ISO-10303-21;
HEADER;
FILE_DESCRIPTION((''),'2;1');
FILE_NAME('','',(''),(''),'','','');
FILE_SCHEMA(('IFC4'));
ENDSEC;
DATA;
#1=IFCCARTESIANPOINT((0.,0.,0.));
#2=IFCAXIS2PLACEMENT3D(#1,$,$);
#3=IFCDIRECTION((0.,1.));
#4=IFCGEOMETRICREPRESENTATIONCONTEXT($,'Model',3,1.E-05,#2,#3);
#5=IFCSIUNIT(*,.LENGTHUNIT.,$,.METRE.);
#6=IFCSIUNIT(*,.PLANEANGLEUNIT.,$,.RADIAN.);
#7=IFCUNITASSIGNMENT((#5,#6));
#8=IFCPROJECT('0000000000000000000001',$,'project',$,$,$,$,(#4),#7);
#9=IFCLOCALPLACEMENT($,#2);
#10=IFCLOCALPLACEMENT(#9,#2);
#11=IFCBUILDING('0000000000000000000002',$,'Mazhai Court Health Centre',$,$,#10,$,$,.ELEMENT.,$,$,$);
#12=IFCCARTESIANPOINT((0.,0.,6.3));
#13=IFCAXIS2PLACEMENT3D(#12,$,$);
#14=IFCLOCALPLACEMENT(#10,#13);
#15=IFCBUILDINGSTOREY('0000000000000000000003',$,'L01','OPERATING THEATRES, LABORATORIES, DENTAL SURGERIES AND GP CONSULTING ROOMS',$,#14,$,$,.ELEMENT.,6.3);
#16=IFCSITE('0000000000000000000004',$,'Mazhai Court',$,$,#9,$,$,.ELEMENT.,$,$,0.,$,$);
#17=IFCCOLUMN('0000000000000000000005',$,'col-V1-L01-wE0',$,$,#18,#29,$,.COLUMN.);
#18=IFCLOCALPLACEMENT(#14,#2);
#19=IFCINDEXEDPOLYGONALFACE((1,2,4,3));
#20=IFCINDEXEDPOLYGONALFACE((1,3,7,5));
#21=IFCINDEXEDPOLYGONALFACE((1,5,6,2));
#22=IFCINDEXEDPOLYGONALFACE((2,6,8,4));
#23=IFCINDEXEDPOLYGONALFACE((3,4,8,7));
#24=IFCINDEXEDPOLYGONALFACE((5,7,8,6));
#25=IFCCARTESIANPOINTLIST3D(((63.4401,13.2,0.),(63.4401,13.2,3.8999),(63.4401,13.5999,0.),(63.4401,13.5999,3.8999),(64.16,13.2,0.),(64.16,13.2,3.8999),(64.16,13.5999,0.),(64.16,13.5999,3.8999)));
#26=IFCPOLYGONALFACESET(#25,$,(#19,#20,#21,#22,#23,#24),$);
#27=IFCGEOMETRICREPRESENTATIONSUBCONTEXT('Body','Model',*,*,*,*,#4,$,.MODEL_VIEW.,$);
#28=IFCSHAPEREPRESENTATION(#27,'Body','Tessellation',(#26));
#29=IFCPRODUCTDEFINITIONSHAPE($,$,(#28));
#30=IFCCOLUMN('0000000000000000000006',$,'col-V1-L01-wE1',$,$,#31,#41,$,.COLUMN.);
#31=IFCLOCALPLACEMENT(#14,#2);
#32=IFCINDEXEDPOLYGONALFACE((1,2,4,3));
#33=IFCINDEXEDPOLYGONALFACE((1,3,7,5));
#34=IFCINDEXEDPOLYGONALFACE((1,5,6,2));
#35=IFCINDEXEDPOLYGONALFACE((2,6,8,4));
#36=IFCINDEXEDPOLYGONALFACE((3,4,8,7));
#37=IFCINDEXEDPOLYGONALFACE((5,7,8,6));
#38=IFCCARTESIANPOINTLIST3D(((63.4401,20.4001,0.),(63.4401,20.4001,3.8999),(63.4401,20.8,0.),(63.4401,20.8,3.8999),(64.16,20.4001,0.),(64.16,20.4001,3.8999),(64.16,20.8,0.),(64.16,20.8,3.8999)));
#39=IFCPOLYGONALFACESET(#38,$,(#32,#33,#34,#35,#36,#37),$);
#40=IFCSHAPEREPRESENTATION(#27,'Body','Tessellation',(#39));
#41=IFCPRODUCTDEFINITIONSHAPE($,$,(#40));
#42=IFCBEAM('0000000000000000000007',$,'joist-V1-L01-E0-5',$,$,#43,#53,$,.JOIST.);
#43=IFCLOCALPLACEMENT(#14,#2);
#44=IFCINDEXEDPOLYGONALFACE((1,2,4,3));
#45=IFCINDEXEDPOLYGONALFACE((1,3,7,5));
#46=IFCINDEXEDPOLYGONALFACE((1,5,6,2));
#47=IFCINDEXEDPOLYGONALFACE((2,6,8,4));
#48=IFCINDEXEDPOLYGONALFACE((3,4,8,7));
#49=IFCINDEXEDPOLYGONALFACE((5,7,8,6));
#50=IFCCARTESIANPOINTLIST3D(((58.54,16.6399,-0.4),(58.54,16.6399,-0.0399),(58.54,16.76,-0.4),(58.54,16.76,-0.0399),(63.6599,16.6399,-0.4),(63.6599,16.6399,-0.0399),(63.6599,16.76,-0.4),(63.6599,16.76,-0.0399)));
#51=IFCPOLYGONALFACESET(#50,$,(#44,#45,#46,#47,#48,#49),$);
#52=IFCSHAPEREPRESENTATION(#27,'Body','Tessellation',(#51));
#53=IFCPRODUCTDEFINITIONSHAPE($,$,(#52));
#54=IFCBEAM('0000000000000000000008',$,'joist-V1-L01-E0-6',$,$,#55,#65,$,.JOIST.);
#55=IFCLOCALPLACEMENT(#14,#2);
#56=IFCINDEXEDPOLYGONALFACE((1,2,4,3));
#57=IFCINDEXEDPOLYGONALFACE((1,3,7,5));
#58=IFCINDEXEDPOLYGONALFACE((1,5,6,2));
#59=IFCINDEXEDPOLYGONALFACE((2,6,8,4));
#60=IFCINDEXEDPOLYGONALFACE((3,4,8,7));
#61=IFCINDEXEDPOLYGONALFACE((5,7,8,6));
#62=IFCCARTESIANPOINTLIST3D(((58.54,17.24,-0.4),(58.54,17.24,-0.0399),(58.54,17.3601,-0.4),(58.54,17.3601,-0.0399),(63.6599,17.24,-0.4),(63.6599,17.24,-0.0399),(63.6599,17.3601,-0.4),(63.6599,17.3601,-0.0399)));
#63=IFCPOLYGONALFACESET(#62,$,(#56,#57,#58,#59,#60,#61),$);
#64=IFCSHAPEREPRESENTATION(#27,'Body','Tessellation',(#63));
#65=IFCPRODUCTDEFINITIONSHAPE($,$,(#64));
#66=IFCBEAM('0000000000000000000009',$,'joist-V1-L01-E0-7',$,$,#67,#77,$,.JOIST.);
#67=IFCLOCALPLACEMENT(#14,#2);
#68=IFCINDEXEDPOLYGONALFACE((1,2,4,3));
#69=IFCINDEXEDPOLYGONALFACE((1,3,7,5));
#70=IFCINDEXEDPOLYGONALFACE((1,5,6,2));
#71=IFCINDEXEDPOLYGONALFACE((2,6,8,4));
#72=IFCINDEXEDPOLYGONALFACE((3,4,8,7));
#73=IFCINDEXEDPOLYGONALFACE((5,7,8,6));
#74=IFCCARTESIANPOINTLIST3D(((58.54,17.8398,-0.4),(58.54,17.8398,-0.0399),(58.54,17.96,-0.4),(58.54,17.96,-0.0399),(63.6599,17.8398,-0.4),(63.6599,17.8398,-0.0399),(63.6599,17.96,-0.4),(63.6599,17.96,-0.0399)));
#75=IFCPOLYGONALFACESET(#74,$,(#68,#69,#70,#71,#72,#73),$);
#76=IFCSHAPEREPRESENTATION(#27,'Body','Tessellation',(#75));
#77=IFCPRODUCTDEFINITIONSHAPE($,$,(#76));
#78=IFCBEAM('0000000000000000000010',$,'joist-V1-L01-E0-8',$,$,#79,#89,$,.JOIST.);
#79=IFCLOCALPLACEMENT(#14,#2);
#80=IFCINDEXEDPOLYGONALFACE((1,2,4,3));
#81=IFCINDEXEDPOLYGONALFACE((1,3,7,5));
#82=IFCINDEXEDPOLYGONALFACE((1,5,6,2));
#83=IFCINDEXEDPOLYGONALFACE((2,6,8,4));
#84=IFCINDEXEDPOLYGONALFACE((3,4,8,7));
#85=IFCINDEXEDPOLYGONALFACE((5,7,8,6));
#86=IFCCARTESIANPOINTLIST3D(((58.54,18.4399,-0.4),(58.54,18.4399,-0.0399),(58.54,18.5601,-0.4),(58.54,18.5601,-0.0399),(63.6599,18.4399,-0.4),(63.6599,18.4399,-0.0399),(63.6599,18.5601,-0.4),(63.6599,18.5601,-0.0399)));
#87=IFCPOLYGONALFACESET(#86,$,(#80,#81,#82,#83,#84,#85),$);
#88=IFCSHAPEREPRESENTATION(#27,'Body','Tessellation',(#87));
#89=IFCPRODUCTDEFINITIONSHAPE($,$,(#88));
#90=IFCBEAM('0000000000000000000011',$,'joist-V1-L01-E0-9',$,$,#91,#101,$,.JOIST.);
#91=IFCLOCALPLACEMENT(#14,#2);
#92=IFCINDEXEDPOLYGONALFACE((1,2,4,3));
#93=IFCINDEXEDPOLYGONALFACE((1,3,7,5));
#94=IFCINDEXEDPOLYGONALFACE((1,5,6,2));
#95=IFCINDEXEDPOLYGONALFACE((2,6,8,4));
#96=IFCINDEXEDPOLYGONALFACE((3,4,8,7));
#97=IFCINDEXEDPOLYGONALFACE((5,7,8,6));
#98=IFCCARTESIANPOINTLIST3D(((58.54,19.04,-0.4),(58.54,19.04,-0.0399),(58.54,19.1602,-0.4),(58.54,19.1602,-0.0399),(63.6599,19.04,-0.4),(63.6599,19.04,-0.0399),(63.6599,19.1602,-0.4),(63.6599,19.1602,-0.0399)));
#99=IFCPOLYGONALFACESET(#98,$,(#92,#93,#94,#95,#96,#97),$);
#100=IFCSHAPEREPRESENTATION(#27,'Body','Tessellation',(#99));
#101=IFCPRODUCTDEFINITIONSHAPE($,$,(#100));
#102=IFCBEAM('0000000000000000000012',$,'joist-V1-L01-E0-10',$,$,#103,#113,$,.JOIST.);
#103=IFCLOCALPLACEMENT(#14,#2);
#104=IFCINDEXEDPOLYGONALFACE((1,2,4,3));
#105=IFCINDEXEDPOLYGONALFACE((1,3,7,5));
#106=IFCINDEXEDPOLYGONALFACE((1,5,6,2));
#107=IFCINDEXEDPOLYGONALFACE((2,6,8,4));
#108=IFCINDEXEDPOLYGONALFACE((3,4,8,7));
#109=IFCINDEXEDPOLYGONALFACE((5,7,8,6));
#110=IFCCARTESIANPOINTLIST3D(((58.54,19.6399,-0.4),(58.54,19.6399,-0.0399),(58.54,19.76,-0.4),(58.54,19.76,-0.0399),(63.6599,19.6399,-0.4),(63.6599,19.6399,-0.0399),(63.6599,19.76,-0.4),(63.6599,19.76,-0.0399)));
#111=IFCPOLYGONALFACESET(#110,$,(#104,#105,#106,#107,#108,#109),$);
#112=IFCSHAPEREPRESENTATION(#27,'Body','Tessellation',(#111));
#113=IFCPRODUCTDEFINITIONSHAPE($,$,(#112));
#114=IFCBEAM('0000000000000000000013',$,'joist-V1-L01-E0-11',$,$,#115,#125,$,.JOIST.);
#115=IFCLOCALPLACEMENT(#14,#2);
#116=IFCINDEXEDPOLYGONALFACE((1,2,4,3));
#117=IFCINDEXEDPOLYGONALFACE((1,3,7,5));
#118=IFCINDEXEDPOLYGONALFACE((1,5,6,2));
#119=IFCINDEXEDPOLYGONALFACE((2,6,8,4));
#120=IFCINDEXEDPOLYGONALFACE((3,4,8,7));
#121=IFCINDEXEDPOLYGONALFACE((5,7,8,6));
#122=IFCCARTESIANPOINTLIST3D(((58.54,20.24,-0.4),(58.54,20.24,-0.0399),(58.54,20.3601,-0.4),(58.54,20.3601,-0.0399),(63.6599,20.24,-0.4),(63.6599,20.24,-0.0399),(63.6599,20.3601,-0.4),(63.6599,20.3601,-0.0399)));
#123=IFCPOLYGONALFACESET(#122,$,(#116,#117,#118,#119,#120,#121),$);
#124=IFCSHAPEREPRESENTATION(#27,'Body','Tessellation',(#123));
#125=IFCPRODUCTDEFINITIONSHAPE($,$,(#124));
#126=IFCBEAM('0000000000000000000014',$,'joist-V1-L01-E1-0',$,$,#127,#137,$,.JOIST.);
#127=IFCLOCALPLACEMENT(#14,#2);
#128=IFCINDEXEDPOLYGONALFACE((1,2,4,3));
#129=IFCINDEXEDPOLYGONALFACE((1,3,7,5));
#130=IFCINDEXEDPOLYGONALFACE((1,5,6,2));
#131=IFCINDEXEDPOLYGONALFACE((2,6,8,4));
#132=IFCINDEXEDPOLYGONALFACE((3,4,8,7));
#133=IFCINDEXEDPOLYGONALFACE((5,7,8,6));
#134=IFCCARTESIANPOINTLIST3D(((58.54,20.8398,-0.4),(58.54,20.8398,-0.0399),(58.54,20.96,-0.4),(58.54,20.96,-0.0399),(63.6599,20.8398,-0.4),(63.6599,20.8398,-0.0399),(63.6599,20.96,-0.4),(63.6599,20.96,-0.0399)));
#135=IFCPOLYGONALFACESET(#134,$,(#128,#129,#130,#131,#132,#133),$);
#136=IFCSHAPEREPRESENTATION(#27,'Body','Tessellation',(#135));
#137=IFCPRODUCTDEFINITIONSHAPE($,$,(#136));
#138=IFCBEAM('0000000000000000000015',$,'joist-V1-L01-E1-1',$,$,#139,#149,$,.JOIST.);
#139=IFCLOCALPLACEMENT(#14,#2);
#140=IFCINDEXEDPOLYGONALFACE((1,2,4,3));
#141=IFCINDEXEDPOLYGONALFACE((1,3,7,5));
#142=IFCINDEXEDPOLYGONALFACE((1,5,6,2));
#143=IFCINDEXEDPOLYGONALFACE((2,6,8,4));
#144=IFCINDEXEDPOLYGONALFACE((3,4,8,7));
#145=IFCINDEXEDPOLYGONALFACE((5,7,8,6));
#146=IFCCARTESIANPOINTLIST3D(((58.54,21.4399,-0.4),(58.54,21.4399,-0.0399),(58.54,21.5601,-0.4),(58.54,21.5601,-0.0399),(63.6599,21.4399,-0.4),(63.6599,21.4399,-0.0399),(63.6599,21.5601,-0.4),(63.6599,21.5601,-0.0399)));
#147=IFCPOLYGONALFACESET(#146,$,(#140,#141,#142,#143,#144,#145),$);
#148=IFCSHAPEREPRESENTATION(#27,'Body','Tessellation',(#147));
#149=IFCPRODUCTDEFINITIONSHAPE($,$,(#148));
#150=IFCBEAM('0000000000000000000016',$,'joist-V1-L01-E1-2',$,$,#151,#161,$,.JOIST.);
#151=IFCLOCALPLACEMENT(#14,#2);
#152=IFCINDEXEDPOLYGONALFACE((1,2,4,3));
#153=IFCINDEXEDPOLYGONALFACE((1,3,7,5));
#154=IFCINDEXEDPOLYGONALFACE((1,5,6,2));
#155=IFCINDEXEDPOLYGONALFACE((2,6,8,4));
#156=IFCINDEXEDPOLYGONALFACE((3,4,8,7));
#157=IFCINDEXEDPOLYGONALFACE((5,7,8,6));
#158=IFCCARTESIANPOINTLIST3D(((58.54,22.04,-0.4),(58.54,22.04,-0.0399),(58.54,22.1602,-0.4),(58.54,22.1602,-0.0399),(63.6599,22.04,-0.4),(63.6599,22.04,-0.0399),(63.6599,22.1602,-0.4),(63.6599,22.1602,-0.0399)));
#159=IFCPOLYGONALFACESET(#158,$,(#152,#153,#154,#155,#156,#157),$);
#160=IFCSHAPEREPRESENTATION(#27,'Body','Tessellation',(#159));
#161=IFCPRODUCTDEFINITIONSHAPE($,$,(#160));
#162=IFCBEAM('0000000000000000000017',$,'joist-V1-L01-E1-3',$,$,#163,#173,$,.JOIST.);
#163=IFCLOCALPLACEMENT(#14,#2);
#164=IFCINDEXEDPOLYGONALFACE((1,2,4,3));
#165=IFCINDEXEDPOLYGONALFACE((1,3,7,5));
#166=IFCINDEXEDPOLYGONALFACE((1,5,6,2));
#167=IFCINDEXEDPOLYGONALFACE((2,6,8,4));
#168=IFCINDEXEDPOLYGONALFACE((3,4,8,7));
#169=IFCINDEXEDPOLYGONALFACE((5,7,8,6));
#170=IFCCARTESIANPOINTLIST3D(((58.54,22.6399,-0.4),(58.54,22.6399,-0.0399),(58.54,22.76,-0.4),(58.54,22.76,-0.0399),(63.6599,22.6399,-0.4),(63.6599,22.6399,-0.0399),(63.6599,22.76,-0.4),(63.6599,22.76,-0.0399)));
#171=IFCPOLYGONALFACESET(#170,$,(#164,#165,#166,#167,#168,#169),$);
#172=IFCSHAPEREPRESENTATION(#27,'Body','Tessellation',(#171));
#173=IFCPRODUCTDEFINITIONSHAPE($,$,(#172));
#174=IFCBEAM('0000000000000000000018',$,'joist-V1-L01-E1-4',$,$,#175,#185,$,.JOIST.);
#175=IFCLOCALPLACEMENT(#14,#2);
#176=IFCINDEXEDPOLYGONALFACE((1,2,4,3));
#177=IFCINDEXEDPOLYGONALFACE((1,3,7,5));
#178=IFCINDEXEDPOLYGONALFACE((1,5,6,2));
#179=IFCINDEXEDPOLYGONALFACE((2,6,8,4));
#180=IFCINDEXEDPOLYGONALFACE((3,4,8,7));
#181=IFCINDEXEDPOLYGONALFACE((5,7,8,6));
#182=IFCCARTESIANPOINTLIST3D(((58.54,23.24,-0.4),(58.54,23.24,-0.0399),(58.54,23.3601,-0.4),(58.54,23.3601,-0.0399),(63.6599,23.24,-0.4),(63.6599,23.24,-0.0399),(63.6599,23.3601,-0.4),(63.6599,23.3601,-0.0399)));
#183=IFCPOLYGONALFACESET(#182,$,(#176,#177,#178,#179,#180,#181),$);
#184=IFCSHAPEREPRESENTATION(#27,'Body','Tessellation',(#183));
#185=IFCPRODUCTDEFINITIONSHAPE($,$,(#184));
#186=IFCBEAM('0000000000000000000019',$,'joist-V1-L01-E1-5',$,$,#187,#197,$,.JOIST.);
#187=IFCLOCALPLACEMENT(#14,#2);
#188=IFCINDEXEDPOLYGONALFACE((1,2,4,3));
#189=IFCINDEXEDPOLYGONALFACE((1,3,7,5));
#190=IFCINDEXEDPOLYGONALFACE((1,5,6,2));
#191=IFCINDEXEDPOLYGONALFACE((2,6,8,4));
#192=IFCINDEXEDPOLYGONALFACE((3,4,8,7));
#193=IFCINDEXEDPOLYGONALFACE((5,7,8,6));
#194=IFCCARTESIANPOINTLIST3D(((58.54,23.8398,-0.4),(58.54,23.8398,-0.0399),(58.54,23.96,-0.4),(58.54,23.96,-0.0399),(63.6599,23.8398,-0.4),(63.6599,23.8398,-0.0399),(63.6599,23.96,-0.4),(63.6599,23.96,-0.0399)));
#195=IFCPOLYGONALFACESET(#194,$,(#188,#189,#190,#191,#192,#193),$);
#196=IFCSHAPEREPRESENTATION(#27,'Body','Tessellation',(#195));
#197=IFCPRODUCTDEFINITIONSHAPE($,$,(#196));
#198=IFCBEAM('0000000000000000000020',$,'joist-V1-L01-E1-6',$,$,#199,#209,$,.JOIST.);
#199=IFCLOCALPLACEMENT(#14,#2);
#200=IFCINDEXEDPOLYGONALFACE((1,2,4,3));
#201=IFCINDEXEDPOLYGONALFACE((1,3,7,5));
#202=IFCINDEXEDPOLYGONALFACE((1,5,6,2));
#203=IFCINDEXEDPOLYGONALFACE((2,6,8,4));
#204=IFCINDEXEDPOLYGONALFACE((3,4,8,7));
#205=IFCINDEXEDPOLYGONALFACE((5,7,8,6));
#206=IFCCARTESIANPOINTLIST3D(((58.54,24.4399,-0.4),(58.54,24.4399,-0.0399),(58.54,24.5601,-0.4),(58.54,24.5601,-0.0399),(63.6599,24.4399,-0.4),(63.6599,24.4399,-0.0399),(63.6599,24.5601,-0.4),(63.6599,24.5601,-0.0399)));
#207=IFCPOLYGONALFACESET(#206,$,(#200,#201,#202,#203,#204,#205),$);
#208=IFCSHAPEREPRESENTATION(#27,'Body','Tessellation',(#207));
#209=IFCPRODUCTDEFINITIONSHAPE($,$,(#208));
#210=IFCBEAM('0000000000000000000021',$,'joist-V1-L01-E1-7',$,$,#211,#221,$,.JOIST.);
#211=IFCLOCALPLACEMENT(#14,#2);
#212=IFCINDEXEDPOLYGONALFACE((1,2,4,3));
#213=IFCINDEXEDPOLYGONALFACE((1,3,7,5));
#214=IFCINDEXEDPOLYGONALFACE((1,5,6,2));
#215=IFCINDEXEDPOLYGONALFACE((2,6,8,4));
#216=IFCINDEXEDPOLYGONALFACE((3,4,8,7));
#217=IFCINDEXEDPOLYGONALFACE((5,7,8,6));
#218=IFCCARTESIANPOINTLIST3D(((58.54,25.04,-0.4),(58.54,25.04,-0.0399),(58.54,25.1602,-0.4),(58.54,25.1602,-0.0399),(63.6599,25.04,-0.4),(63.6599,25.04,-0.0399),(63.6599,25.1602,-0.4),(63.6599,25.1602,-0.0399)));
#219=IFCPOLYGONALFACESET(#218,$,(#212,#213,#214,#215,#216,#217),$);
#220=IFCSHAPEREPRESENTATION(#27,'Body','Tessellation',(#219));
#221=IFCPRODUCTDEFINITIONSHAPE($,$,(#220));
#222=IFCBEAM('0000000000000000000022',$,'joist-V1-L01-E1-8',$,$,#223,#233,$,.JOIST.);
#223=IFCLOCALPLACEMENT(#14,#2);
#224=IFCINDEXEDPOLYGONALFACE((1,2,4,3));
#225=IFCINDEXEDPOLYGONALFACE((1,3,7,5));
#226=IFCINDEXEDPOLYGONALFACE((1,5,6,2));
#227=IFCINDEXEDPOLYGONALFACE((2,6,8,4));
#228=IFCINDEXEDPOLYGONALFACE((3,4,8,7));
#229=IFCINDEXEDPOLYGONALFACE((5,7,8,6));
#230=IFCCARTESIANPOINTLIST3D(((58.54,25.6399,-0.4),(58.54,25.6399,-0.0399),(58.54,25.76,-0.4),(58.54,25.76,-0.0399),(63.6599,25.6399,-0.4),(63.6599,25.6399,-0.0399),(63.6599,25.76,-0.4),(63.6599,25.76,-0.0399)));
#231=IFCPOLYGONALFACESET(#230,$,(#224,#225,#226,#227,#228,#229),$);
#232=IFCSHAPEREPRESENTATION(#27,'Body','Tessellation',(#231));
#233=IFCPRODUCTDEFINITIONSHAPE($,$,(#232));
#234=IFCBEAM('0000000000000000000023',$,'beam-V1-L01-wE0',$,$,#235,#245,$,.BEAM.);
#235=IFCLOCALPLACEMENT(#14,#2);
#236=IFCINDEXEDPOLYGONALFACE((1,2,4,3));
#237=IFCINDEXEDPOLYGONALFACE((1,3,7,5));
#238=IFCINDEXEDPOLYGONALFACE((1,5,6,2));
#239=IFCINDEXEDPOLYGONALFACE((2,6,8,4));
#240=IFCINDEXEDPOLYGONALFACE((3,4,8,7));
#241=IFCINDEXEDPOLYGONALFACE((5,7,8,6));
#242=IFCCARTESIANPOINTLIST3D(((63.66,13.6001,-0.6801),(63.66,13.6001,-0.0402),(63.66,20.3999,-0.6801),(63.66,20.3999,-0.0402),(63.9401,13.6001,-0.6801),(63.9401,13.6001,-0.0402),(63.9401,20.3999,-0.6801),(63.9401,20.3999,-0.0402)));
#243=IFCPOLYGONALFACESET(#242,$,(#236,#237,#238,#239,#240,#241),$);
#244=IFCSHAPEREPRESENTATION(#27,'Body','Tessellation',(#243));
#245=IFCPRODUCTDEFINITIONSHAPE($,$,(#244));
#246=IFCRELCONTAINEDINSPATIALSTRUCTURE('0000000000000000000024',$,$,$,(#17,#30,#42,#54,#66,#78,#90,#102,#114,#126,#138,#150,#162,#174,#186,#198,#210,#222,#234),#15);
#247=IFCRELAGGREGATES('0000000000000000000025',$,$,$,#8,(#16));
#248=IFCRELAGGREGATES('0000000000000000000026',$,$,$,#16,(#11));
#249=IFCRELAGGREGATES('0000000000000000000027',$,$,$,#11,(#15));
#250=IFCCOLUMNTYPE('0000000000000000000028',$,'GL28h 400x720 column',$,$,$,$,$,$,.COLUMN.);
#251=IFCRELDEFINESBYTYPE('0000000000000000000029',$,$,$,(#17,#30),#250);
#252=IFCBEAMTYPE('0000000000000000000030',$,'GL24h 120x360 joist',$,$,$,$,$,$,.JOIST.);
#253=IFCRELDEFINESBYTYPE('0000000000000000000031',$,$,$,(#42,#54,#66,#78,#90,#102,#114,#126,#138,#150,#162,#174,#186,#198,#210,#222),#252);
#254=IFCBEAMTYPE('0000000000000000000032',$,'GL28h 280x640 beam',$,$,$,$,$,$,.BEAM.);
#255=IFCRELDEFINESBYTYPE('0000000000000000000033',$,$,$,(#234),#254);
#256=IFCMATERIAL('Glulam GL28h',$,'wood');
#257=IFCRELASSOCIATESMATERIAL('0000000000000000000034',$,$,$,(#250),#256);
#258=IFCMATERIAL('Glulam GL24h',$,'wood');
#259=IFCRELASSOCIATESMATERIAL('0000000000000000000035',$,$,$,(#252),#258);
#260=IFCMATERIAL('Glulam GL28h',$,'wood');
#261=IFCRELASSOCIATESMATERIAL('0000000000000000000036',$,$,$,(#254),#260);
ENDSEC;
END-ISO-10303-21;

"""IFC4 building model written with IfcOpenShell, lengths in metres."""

from ifc_helpers import new_model, si_unit, direction, frame, origin, origin_2d, place, context, subcontext, project, spatial, rectangle, extrude, material, material_profile, profile_set, type_object, element, save


model = new_model("IFC4")

# Units and contexts
model_context = context("Model", 3, precision=1e-05, world=origin(), true_north=direction((0.0, 1.0)))
body_context = subcontext(model_context, "Body", "Model", "MODEL_VIEW")
ifc_project = project(units=[si_unit("LENGTHUNIT", "METRE"), si_unit("PLANEANGLEUNIT", "RADIAN")], contexts=[model_context])

# Site, building, storey
site_placement = place(None, origin())
site = spatial("IfcSite", under=ifc_project, at=site_placement, Name="Mazhai Court", CompositionType="ELEMENT", RefElevation=0.0)
building_placement = place(site_placement, origin())
building = spatial("IfcBuilding", under=site, at=building_placement, Name="Mazhai Court Health Centre", CompositionType="ELEMENT")
storey_placement = place(building_placement, frame((0.0, 0.0, 6.3)))
storey = spatial("IfcBuildingStorey", under=building, at=storey_placement, Name="L01", Description="OPERATING THEATRES, LABORATORIES, DENTAL SURGERIES AND GP CONSULTING ROOMS", CompositionType="ELEMENT", Elevation=6.3)

# Columns
ifc_material_1 = material(Name="Glulam GL28h", Category="wood")
ifc_material_profile_1 = material_profile(ifc_material_1, rectangle(XDim=0.3999, YDim=0.72, at=origin_2d()), Name="GL28h 400x720")
ifc_profile_set_1 = profile_set([ifc_material_profile_1], Name="Glulam GL28h")
column_type = type_object("IfcColumnType", Name="GL28h 400x720 column", PredefinedType="COLUMN", material=ifc_profile_set_1)
for number, where, z_axis, x_axis, name in (
    (1, (63.8, 13.3999, 0.0), (0.0, 0.0, 1.0), (0.0, 1.0, 0.0), "col-V1-L01-wE0"),
    (2, (63.8, 20.6001, 0.0), (0.0, 0.0, 1.0), (0.0, 1.0, 0.0), "col-V1-L01-wE1"),
):
    element("IfcColumn", number, at=place(storey_placement, frame(where, z_axis=z_axis, x_axis=x_axis)), inside=storey, type_object=column_type, Name=name, PredefinedType="COLUMN", context=body_context, shape_type="SweptSolid", body=[
        extrude(rectangle(XDim=0.3999, YDim=0.72, at=origin_2d()), origin(), (0.0, 0.0, 1.0), 3.8999),
    ])

# Beams
ifc_material_2 = material(Name="Glulam GL24h", Category="wood")
ifc_material_profile_2 = material_profile(ifc_material_2, rectangle(XDim=0.1201, YDim=0.3601, at=origin_2d()), Name="GL24h 120x360")
ifc_profile_set_2 = profile_set([ifc_material_profile_2], Name="Glulam GL24h")
beam_type_1 = type_object("IfcBeamType", Name="GL24h 120x360 joist", PredefinedType="JOIST", material=ifc_profile_set_2)
for number, where, z_axis, x_axis, name in (
    (3, (58.54, 16.7, -0.22), (1.0, 0.0, 0.0), (0.0, 1.0, 0.0), "joist-V1-L01-E0-5"),
    (4, (58.54, 17.3, -0.22), (1.0, 0.0, 0.0), (0.0, 1.0, 0.0), "joist-V1-L01-E0-6"),
    (5, (58.54, 17.8999, -0.22), (1.0, 0.0, 0.0), (0.0, 1.0, 0.0), "joist-V1-L01-E0-7"),
    (6, (58.54, 18.5, -0.22), (1.0, 0.0, 0.0), (0.0, 1.0, 0.0), "joist-V1-L01-E0-8"),
    (7, (58.54, 19.1001, -0.22), (1.0, 0.0, 0.0), (0.0, 1.0, 0.0), "joist-V1-L01-E0-9"),
    (8, (58.54, 19.7, -0.22), (1.0, 0.0, 0.0), (0.0, 1.0, 0.0), "joist-V1-L01-E0-10"),
    (9, (58.54, 20.3, -0.22), (1.0, 0.0, 0.0), (0.0, 1.0, 0.0), "joist-V1-L01-E0-11"),
    (10, (58.54, 20.8999, -0.22), (1.0, 0.0, 0.0), (0.0, 1.0, 0.0), "joist-V1-L01-E1-0"),
    (11, (58.54, 21.5, -0.22), (1.0, 0.0, 0.0), (0.0, 1.0, 0.0), "joist-V1-L01-E1-1"),
    (12, (58.54, 22.1001, -0.22), (1.0, 0.0, 0.0), (0.0, 1.0, 0.0), "joist-V1-L01-E1-2"),
    (13, (58.54, 22.7, -0.22), (1.0, 0.0, 0.0), (0.0, 1.0, 0.0), "joist-V1-L01-E1-3"),
    (14, (58.54, 23.3, -0.22), (1.0, 0.0, 0.0), (0.0, 1.0, 0.0), "joist-V1-L01-E1-4"),
    (15, (58.54, 23.8999, -0.22), (1.0, 0.0, 0.0), (0.0, 1.0, 0.0), "joist-V1-L01-E1-5"),
    (16, (58.54, 24.5, -0.22), (1.0, 0.0, 0.0), (0.0, 1.0, 0.0), "joist-V1-L01-E1-6"),
    (17, (58.54, 25.1001, -0.22), (1.0, 0.0, 0.0), (0.0, 1.0, 0.0), "joist-V1-L01-E1-7"),
    (18, (58.54, 25.7, -0.22), (1.0, 0.0, 0.0), (0.0, 1.0, 0.0), "joist-V1-L01-E1-8"),
):
    element("IfcBeam", number, at=place(storey_placement, frame(where, z_axis=z_axis, x_axis=x_axis)), inside=storey, type_object=beam_type_1, Name=name, PredefinedType="JOIST", context=body_context, shape_type="SweptSolid", body=[
        extrude(rectangle(XDim=0.1201, YDim=0.3601, at=origin_2d()), origin(), (0.0, 0.0, 1.0), 5.1199),
    ])
ifc_material_3 = material(Name="Glulam GL28h", Category="wood")
ifc_material_profile_3 = material_profile(ifc_material_3, rectangle(XDim=0.28, YDim=0.6399, at=origin_2d()), Name="GL28h 280x640")
ifc_profile_set_3 = profile_set([ifc_material_profile_3], Name="Glulam GL28h")
beam_type_2 = type_object("IfcBeamType", Name="GL28h 280x640 beam", PredefinedType="BEAM", material=ifc_profile_set_3)
beam_1_placement = place(storey_placement, frame((63.8, 13.6001, -0.3601), z_axis=(0.0, 1.0, 0.0), x_axis=(-1.0, 0.0, 0.0)))
element("IfcBeam", 19, at=beam_1_placement, inside=storey, type_object=beam_type_2, Name="beam-V1-L01-wE0", PredefinedType="BEAM", context=body_context, shape_type="SweptSolid", body=[
    extrude(rectangle(XDim=0.28, YDim=0.6399, at=origin_2d()), origin(), (0.0, 0.0, 1.0), 6.7998),
])

save(model, "model.ifc")
